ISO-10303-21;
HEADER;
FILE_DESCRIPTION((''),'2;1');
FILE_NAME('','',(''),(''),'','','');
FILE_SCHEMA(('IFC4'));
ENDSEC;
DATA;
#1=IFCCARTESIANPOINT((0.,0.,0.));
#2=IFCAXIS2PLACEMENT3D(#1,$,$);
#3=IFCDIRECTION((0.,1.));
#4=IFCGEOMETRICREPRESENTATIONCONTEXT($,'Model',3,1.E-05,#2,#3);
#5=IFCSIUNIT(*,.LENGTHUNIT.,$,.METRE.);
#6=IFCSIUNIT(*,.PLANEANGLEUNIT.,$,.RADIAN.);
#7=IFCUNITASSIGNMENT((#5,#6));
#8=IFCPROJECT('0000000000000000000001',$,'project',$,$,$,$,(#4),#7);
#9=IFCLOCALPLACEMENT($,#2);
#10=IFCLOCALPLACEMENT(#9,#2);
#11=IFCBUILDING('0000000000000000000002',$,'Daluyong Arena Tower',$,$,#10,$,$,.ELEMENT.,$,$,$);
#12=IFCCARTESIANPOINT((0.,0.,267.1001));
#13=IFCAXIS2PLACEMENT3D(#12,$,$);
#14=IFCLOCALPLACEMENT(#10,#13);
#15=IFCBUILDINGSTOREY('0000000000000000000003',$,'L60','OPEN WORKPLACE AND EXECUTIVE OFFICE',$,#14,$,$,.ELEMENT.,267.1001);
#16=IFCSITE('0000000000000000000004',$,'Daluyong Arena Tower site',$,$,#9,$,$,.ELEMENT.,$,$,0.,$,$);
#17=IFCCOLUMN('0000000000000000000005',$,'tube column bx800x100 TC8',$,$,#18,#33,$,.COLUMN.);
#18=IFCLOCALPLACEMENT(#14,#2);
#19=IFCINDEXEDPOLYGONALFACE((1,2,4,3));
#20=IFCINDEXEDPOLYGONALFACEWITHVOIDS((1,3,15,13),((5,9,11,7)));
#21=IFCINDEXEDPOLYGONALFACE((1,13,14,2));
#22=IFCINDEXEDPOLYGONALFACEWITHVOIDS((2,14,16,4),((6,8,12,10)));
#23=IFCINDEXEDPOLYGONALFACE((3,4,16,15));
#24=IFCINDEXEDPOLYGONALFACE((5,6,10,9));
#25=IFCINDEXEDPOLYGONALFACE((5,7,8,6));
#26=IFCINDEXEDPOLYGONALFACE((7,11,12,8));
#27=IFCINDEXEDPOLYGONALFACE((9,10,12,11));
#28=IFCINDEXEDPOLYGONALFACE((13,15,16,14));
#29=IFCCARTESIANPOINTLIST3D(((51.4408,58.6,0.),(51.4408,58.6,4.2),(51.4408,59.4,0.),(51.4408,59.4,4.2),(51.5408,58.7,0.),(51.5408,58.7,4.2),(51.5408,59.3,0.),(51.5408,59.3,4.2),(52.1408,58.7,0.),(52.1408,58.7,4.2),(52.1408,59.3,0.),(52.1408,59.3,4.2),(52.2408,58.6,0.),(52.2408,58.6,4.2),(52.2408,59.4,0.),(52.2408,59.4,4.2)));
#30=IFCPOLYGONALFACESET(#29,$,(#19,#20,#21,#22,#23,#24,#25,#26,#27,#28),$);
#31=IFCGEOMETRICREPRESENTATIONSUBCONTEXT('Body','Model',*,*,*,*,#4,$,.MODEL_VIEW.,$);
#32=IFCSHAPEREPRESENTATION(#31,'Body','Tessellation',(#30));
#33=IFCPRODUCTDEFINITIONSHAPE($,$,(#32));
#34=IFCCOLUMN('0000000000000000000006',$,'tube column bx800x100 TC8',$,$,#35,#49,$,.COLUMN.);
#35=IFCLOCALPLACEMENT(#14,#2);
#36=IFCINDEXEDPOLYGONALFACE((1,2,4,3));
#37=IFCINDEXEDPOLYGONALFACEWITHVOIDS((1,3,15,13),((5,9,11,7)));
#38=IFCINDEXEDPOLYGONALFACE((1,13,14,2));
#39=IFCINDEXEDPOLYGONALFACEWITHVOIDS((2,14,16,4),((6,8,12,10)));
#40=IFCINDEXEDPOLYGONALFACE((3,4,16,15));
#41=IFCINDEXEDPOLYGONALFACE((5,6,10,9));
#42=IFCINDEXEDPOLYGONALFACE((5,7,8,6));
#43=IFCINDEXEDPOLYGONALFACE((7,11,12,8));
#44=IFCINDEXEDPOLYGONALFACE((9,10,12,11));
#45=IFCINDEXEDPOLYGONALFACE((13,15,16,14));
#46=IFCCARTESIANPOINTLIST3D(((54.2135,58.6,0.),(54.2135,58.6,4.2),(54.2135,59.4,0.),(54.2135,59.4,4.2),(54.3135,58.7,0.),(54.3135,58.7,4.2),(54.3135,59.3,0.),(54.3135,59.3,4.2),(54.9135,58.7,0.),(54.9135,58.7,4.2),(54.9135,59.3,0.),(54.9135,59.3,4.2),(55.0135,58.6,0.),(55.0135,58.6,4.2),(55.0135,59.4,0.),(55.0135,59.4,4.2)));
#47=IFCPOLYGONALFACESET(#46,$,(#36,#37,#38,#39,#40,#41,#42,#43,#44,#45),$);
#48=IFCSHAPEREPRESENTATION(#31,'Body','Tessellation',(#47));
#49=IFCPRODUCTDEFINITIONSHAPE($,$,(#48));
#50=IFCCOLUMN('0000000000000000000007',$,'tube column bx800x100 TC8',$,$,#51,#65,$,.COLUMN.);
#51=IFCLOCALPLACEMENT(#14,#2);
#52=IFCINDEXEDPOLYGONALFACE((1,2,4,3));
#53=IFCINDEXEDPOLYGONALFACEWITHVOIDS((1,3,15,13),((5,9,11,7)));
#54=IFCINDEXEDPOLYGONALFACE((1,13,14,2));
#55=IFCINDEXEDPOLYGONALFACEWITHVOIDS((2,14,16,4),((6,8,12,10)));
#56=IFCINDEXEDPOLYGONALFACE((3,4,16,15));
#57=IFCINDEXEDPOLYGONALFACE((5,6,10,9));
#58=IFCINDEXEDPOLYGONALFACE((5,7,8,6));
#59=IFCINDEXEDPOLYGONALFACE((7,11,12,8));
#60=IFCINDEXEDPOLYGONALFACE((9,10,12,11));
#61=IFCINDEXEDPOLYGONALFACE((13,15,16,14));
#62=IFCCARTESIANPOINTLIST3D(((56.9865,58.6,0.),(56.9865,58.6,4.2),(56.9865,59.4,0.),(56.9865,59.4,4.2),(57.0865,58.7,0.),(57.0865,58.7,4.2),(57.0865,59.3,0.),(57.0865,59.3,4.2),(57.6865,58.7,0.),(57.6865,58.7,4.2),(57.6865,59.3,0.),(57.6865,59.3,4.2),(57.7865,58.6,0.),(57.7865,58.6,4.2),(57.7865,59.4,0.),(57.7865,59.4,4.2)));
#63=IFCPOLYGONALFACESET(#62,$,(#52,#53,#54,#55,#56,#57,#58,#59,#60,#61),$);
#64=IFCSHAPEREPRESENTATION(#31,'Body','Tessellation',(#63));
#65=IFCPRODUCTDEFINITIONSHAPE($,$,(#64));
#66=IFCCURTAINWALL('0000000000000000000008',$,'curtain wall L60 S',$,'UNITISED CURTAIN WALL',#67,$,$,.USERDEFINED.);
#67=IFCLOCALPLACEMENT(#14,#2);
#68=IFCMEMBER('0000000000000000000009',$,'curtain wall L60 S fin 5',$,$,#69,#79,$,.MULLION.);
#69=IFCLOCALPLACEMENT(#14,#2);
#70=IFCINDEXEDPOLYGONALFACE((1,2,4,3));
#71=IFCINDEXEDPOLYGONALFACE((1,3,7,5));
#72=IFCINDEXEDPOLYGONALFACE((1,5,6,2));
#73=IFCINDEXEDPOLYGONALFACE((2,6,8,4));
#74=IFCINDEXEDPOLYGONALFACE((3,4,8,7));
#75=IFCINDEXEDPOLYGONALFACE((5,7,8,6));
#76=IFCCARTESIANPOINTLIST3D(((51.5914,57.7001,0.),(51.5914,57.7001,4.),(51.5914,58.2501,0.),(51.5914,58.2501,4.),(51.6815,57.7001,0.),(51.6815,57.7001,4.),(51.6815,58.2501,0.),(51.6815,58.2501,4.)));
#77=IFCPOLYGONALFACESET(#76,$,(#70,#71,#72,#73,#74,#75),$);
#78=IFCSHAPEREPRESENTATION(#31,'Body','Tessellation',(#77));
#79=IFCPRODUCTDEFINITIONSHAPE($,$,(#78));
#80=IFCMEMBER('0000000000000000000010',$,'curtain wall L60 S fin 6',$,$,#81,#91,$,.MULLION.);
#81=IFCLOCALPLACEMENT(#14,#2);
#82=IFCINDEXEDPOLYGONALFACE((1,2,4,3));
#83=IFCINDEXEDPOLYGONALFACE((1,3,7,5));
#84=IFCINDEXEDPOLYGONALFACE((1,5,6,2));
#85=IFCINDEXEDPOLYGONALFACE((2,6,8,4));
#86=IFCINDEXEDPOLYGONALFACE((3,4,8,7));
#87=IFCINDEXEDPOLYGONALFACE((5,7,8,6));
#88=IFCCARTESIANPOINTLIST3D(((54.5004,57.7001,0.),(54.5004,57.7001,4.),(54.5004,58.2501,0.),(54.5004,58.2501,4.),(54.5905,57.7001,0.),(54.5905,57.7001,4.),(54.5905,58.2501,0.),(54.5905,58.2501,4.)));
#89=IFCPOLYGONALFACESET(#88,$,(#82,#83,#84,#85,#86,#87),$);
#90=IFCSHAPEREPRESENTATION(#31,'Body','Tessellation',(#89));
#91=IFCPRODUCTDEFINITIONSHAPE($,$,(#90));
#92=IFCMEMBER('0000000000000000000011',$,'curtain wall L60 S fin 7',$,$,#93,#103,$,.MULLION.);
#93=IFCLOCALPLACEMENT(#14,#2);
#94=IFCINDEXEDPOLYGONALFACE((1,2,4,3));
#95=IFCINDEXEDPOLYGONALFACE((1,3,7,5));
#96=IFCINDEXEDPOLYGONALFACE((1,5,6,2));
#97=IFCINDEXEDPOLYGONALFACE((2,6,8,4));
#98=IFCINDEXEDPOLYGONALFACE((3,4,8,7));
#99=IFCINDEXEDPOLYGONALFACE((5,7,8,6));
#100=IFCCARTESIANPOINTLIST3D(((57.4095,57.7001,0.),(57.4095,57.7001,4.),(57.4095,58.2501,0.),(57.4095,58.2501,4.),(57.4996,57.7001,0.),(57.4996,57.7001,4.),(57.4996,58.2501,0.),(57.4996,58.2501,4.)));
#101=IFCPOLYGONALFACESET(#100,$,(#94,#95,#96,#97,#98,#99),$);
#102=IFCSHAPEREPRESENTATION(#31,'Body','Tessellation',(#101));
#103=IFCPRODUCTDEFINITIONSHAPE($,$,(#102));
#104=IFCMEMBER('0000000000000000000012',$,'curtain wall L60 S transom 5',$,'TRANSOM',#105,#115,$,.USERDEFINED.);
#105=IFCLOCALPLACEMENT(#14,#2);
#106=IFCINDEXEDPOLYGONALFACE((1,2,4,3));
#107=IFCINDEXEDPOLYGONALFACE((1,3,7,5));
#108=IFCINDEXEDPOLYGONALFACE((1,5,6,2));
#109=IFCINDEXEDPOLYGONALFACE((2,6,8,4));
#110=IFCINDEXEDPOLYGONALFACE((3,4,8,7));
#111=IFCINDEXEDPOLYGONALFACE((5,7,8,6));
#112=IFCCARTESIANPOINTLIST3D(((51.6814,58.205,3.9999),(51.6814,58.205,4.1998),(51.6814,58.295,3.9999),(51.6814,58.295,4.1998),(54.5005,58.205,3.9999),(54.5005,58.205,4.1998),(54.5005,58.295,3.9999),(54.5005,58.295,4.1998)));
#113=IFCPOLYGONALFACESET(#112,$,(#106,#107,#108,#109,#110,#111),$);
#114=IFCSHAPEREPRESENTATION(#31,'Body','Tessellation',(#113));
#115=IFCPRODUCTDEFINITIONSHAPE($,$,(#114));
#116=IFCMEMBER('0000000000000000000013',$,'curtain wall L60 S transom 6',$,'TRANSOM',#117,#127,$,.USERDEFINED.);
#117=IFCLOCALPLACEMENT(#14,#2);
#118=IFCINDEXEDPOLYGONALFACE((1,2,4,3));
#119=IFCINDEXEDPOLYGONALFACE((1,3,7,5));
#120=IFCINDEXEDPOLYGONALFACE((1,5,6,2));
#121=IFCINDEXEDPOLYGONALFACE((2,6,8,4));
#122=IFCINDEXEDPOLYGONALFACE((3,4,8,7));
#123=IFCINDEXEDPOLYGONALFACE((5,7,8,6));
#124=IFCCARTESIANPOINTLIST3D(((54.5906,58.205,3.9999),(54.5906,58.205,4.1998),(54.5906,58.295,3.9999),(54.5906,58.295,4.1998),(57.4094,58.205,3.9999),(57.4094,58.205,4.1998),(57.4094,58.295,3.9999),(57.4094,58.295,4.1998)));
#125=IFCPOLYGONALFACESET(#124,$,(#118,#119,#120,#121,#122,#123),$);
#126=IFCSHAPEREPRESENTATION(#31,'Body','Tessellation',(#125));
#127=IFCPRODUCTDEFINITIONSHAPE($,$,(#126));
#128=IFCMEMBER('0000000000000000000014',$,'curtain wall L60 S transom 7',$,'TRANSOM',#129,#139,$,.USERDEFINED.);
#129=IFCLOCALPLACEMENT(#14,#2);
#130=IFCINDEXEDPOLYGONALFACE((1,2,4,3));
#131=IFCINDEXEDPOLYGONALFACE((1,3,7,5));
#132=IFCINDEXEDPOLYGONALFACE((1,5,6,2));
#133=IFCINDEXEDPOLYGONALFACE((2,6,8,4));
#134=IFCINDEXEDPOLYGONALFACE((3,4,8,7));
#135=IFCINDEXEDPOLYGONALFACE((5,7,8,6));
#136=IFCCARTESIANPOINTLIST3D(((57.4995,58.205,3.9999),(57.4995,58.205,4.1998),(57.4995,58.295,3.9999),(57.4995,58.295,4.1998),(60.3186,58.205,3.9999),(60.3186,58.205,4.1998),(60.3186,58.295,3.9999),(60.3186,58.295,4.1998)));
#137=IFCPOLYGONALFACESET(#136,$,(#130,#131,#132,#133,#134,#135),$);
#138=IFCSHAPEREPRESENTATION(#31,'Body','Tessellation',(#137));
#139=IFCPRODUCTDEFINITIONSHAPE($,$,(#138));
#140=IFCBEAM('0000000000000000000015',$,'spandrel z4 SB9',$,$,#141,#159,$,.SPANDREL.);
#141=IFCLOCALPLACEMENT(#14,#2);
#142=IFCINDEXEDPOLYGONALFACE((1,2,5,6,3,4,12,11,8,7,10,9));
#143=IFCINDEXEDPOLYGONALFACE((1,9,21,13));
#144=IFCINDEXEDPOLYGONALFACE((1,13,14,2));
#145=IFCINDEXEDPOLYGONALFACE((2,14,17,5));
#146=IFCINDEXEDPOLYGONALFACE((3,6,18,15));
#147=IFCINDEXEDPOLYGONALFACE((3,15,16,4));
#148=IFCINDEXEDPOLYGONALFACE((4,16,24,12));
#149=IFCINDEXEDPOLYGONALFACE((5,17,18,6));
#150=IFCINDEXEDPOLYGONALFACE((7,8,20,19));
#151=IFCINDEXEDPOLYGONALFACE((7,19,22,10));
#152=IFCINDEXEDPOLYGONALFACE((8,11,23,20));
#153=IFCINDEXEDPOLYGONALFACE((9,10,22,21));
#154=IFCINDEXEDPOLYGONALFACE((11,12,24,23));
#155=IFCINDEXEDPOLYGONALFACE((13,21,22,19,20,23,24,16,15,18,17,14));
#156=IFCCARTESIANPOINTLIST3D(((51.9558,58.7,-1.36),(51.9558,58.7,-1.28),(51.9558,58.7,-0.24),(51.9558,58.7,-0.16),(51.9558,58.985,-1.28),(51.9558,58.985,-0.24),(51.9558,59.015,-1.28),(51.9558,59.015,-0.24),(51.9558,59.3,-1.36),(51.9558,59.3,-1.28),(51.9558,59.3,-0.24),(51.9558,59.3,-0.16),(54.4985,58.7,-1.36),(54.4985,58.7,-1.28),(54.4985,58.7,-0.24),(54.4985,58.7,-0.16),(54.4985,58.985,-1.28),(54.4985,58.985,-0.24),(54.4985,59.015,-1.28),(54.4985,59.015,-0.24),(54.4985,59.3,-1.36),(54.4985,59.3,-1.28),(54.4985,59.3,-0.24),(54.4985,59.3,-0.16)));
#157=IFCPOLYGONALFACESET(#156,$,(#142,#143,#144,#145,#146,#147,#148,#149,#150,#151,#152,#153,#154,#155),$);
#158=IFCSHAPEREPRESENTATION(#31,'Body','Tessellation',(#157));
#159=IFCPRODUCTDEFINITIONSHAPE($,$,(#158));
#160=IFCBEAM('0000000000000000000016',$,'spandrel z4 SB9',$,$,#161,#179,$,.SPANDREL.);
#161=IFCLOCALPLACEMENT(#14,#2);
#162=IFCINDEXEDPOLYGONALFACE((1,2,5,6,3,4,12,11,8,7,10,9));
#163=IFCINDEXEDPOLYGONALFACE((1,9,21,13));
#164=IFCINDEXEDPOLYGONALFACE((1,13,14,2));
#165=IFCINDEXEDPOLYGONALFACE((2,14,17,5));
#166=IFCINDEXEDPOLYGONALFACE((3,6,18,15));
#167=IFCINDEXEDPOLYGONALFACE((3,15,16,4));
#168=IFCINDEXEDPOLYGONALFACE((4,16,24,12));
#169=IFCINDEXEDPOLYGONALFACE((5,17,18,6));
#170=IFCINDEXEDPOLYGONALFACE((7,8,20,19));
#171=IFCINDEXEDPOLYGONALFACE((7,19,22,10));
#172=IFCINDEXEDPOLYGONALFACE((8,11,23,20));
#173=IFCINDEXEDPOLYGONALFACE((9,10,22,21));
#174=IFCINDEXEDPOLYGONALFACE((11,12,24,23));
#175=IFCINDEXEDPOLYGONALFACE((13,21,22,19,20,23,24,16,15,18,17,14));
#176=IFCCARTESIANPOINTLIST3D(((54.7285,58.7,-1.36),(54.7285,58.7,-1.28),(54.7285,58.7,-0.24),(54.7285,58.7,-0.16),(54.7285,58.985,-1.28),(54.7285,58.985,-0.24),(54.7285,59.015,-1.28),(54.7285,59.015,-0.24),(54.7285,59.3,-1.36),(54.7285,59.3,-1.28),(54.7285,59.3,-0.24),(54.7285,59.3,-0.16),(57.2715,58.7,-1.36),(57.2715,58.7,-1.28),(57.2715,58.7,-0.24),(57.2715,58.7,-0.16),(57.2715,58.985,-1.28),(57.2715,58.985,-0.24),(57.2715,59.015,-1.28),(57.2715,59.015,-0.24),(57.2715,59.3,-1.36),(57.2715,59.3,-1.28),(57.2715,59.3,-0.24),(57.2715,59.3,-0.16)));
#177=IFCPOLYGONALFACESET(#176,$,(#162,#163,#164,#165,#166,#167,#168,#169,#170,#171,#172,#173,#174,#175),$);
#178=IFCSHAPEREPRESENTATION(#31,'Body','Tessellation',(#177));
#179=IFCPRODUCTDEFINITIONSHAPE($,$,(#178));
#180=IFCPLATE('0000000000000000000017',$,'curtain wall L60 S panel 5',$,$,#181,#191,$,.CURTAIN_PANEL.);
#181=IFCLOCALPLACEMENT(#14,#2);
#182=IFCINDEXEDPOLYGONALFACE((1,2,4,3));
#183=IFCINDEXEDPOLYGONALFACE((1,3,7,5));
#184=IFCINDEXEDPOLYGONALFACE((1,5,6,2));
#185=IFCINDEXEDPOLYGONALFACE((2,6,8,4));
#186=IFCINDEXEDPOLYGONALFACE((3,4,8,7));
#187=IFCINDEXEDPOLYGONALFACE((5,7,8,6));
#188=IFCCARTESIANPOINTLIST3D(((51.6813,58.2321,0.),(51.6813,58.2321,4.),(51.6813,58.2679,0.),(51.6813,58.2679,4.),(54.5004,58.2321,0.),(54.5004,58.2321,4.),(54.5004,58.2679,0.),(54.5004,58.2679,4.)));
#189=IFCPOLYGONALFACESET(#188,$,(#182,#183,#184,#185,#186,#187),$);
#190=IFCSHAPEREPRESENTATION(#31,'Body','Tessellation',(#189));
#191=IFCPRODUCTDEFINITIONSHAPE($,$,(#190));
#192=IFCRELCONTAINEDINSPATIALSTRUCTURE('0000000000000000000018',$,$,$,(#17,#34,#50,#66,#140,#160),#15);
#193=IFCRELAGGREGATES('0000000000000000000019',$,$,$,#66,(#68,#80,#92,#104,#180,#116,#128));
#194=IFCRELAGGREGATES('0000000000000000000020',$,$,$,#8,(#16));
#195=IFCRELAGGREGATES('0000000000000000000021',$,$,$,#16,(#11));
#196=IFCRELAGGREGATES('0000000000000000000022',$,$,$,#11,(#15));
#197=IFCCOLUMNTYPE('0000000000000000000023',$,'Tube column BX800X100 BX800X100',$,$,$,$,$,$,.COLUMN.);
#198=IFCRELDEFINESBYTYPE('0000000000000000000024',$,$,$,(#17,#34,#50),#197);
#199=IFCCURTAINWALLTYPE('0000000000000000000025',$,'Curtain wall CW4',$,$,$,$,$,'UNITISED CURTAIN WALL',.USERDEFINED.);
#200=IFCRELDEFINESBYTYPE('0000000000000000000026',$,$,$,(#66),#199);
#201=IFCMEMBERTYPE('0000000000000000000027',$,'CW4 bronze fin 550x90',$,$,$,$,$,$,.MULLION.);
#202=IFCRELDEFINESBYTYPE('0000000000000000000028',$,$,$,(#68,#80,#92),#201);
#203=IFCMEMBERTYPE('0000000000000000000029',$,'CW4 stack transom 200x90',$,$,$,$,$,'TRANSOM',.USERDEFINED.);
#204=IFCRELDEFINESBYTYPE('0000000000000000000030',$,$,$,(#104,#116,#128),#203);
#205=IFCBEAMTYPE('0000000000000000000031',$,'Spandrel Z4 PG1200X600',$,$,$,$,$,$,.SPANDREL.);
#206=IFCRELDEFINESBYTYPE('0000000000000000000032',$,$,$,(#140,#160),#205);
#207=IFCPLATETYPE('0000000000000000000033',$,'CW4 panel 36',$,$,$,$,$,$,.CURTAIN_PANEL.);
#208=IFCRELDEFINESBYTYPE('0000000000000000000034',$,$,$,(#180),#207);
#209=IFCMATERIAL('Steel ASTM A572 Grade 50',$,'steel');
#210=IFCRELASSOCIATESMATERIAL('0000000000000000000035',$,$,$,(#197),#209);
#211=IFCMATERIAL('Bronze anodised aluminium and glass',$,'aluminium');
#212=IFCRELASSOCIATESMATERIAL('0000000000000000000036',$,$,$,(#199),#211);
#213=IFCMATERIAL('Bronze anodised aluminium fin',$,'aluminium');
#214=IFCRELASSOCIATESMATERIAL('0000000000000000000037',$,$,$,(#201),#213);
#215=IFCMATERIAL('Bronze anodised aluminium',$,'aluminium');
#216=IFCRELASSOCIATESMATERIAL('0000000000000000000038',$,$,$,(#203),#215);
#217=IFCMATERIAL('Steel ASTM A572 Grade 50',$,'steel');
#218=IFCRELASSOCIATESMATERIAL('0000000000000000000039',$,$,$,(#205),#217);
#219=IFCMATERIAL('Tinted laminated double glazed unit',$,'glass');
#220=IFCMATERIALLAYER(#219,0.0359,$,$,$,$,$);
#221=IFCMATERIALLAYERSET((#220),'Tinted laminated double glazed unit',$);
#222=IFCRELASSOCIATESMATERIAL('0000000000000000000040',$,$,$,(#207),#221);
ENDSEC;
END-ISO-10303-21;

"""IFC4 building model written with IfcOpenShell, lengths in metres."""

from ifc_helpers import new_model, si_unit, direction, frame, origin, origin_2d, place, context, subcontext, project, spatial, rectangle, hollow_rectangle, i_section, extrude, material, layer, layer_set, material_profile, profile_set, type_object, element, aggregate, save


model = new_model("IFC4")

# Units and contexts
model_context = context("Model", 3, precision=1e-05, world=origin(), true_north=direction((0.0, 1.0)))
body_context = subcontext(model_context, "Body", "Model", "MODEL_VIEW")
ifc_project = project(units=[si_unit("LENGTHUNIT", "METRE"), si_unit("PLANEANGLEUNIT", "RADIAN")], contexts=[model_context])

# Site, building, storey
site_placement = place(None, origin())
site = spatial("IfcSite", under=ifc_project, at=site_placement, Name="Daluyong Arena Tower site", CompositionType="ELEMENT", RefElevation=0.0)
building_placement = place(site_placement, origin())
building = spatial("IfcBuilding", under=site, at=building_placement, Name="Daluyong Arena Tower", CompositionType="ELEMENT")
storey_placement = place(building_placement, frame((0.0, 0.0, 267.1001)))
storey = spatial("IfcBuildingStorey", under=building, at=storey_placement, Name="L60", Description="OPEN WORKPLACE AND EXECUTIVE OFFICE", CompositionType="ELEMENT", Elevation=267.1001)

# Columns
ifc_material_1 = material(Name="Steel ASTM A572 Grade 50", Category="steel")
ifc_material_profile_1 = material_profile(ifc_material_1, hollow_rectangle(XDim=0.8, YDim=0.8, WallThickness=0.1, at=origin_2d()))
ifc_profile_set_1 = profile_set([ifc_material_profile_1], Name="Steel ASTM A572 Grade 50")
column_type = type_object("IfcColumnType", Name="Tube column BX800X100 BX800X100", PredefinedType="COLUMN", material=ifc_profile_set_1)
for number, where, z_axis, x_axis, name in (
    (1, (51.8408, 59.0, 0.0), (0.0, 0.0, 1.0), (1.0, 0.0, 0.0), "tube column bx800x100 TC8"),
    (2, (54.6135, 59.0, 0.0), (0.0, 0.0, 1.0), (1.0, 0.0, 0.0), "tube column bx800x100 TC8"),
    (3, (57.3865, 59.0, 0.0), (0.0, 0.0, 1.0), (1.0, 0.0, 0.0), "tube column bx800x100 TC8"),
):
    element("IfcColumn", number, at=place(storey_placement, frame(where, z_axis=z_axis, x_axis=x_axis)), inside=storey, type_object=column_type, Name=name, PredefinedType="COLUMN", context=body_context, shape_type="SweptSolid", body=[
        extrude(hollow_rectangle(XDim=0.8, YDim=0.8, WallThickness=0.1, at=origin_2d()), origin(), (0.0, 0.0, 1.0), 4.2),
    ])

# Curtain wall, members
ifc_material_2 = material(Name="Bronze anodised aluminium and glass", Category="aluminium")
curtain_wall_type = type_object("IfcCurtainWallType", Name="Curtain wall CW4", ElementType="UNITISED CURTAIN WALL", PredefinedType="USERDEFINED", material=ifc_material_2)
curtain_wall_placement = place(storey_placement, origin())
curtain_wall = element("IfcCurtainWall", 4, at=curtain_wall_placement, inside=storey, type_object=curtain_wall_type, Name="curtain wall L60 S", ObjectType="UNITISED CURTAIN WALL", PredefinedType="USERDEFINED")
ifc_material_3 = material(Name="Bronze anodised aluminium fin", Category="aluminium")
ifc_material_profile_2 = material_profile(ifc_material_3, rectangle(XDim=0.55, YDim=0.0901, at=origin_2d()))
ifc_profile_set_2 = profile_set([ifc_material_profile_2], Name="Bronze anodised aluminium fin")
member_type_1 = type_object("IfcMemberType", Name="CW4 bronze fin 550x90", PredefinedType="MULLION", material=ifc_profile_set_2)
member_1_placement = place(storey_placement, frame((51.6365, 57.9751, 0.0), z_axis=(0.0, 0.0, 1.0), x_axis=(0.0, 1.0, 0.0)))
member_1 = element("IfcMember", 5, at=member_1_placement, type_object=member_type_1, Name="curtain wall L60 S fin 5", PredefinedType="MULLION", context=body_context, shape_type="SweptSolid", body=[
    extrude(rectangle(XDim=0.55, YDim=0.0901, at=origin_2d()), origin(), (0.0, 0.0, 1.0), 4.0),
])
member_2_placement = place(storey_placement, frame((54.5454, 57.9751, 0.0), z_axis=(0.0, 0.0, 1.0), x_axis=(0.0, 1.0, 0.0)))
member_2 = element("IfcMember", 6, at=member_2_placement, type_object=member_type_1, Name="curtain wall L60 S fin 6", PredefinedType="MULLION", context=body_context, shape_type="SweptSolid", body=[
    extrude(rectangle(XDim=0.55, YDim=0.0901, at=origin_2d()), origin(), (0.0, 0.0, 1.0), 4.0),
])
member_3_placement = place(storey_placement, frame((57.4546, 57.9751, 0.0), z_axis=(0.0, 0.0, 1.0), x_axis=(0.0, 1.0, 0.0)))
member_3 = element("IfcMember", 7, at=member_3_placement, type_object=member_type_1, Name="curtain wall L60 S fin 7", PredefinedType="MULLION", context=body_context, shape_type="SweptSolid", body=[
    extrude(rectangle(XDim=0.55, YDim=0.0901, at=origin_2d()), origin(), (0.0, 0.0, 1.0), 4.0),
])
ifc_material_4 = material(Name="Bronze anodised aluminium", Category="aluminium")
ifc_material_profile_3 = material_profile(ifc_material_4, rectangle(XDim=0.0901, YDim=0.2, at=origin_2d()))
ifc_profile_set_3 = profile_set([ifc_material_profile_3], Name="Bronze anodised aluminium")
member_type_2 = type_object("IfcMemberType", Name="CW4 stack transom 200x90", ElementType="TRANSOM", PredefinedType="USERDEFINED", material=ifc_profile_set_3)
member_4_placement = place(storey_placement, frame((51.6814, 58.25, 4.0999), z_axis=(1.0, 0.0, 0.0), x_axis=(0.0, 1.0, 0.0)))
member_4 = element("IfcMember", 8, at=member_4_placement, type_object=member_type_2, Name="curtain wall L60 S transom 5", ObjectType="TRANSOM", PredefinedType="USERDEFINED", context=body_context, shape_type="SweptSolid", body=[
    extrude(rectangle(XDim=0.0901, YDim=0.2, at=origin_2d()), origin(), (0.0, 0.0, 1.0), 2.8191),
])
member_5_placement = place(storey_placement, frame((54.5906, 58.25, 4.0999), z_axis=(1.0, 0.0, 0.0), x_axis=(0.0, 1.0, 0.0)))
member_5 = element("IfcMember", 9, at=member_5_placement, type_object=member_type_2, Name="curtain wall L60 S transom 6", ObjectType="TRANSOM", PredefinedType="USERDEFINED", context=body_context, shape_type="SweptSolid", body=[
    extrude(rectangle(XDim=0.0901, YDim=0.2, at=origin_2d()), origin(), (0.0, 0.0, 1.0), 2.8188),
])
member_6_placement = place(storey_placement, frame((57.4995, 58.25, 4.0999), z_axis=(1.0, 0.0, 0.0), x_axis=(0.0, 1.0, 0.0)))
member_6 = element("IfcMember", 10, at=member_6_placement, type_object=member_type_2, Name="curtain wall L60 S transom 7", ObjectType="TRANSOM", PredefinedType="USERDEFINED", context=body_context, shape_type="SweptSolid", body=[
    extrude(rectangle(XDim=0.0901, YDim=0.2, at=origin_2d()), origin(), (0.0, 0.0, 1.0), 2.8191),
])

# Beams
ifc_material_5 = material(Name="Steel ASTM A572 Grade 50", Category="steel")
ifc_material_profile_4 = material_profile(ifc_material_5, i_section(OverallWidth=0.6001, OverallDepth=1.2, WebThickness=0.03, FlangeThickness=0.08, at=origin_2d()))
ifc_profile_set_4 = profile_set([ifc_material_profile_4], Name="Steel ASTM A572 Grade 50")
beam_type = type_object("IfcBeamType", Name="Spandrel Z4 PG1200X600", PredefinedType="SPANDREL", material=ifc_profile_set_4)
beam_1_placement = place(storey_placement, frame((51.9558, 59.0, -0.76), z_axis=(1.0, 0.0, 0.0), x_axis=(0.0, 1.0, 0.0)))
element("IfcBeam", 11, at=beam_1_placement, inside=storey, type_object=beam_type, Name="spandrel z4 SB9", PredefinedType="SPANDREL", context=body_context, shape_type="SweptSolid", body=[
    extrude(i_section(OverallWidth=0.6001, OverallDepth=1.2, WebThickness=0.03, FlangeThickness=0.08, at=origin_2d()), origin(), (0.0, 0.0, 1.0), 2.5427),
])
beam_2_placement = place(storey_placement, frame((54.7285, 59.0, -0.76), z_axis=(1.0, 0.0, 0.0), x_axis=(0.0, 1.0, 0.0)))
element("IfcBeam", 12, at=beam_2_placement, inside=storey, type_object=beam_type, Name="spandrel z4 SB9", PredefinedType="SPANDREL", context=body_context, shape_type="SweptSolid", body=[
    extrude(i_section(OverallWidth=0.6001, OverallDepth=1.2, WebThickness=0.03, FlangeThickness=0.08, at=origin_2d()), origin(), (0.0, 0.0, 1.0), 2.543),
])

# Plate
ifc_material_6 = material(Name="Tinted laminated double glazed unit", Category="glass")
ifc_layer = layer(ifc_material_6, 0.0359)
ifc_layer_set = layer_set([ifc_layer], Name="Tinted laminated double glazed unit")
plate_type = type_object("IfcPlateType", Name="CW4 panel 36", PredefinedType="CURTAIN_PANEL", material=ifc_layer_set)
plate_1_placement = place(storey_placement, frame((53.0908, 58.25, 0.0), z_axis=(0.0, 0.0, 1.0), x_axis=(1.0, 0.0, 0.0)))
plate_1 = element("IfcPlate", 13, at=plate_1_placement, type_object=plate_type, Name="curtain wall L60 S panel 5", PredefinedType="CURTAIN_PANEL", context=body_context, shape_type="SweptSolid", body=[
    extrude(rectangle(XDim=2.8191, YDim=0.0359, at=origin_2d()), origin(), (0.0, 0.0, 1.0), 4.0),
])
aggregate(curtain_wall, [member_1, member_2, member_3, member_4, plate_1, member_5, member_6])

save(model, "model.ifc")
